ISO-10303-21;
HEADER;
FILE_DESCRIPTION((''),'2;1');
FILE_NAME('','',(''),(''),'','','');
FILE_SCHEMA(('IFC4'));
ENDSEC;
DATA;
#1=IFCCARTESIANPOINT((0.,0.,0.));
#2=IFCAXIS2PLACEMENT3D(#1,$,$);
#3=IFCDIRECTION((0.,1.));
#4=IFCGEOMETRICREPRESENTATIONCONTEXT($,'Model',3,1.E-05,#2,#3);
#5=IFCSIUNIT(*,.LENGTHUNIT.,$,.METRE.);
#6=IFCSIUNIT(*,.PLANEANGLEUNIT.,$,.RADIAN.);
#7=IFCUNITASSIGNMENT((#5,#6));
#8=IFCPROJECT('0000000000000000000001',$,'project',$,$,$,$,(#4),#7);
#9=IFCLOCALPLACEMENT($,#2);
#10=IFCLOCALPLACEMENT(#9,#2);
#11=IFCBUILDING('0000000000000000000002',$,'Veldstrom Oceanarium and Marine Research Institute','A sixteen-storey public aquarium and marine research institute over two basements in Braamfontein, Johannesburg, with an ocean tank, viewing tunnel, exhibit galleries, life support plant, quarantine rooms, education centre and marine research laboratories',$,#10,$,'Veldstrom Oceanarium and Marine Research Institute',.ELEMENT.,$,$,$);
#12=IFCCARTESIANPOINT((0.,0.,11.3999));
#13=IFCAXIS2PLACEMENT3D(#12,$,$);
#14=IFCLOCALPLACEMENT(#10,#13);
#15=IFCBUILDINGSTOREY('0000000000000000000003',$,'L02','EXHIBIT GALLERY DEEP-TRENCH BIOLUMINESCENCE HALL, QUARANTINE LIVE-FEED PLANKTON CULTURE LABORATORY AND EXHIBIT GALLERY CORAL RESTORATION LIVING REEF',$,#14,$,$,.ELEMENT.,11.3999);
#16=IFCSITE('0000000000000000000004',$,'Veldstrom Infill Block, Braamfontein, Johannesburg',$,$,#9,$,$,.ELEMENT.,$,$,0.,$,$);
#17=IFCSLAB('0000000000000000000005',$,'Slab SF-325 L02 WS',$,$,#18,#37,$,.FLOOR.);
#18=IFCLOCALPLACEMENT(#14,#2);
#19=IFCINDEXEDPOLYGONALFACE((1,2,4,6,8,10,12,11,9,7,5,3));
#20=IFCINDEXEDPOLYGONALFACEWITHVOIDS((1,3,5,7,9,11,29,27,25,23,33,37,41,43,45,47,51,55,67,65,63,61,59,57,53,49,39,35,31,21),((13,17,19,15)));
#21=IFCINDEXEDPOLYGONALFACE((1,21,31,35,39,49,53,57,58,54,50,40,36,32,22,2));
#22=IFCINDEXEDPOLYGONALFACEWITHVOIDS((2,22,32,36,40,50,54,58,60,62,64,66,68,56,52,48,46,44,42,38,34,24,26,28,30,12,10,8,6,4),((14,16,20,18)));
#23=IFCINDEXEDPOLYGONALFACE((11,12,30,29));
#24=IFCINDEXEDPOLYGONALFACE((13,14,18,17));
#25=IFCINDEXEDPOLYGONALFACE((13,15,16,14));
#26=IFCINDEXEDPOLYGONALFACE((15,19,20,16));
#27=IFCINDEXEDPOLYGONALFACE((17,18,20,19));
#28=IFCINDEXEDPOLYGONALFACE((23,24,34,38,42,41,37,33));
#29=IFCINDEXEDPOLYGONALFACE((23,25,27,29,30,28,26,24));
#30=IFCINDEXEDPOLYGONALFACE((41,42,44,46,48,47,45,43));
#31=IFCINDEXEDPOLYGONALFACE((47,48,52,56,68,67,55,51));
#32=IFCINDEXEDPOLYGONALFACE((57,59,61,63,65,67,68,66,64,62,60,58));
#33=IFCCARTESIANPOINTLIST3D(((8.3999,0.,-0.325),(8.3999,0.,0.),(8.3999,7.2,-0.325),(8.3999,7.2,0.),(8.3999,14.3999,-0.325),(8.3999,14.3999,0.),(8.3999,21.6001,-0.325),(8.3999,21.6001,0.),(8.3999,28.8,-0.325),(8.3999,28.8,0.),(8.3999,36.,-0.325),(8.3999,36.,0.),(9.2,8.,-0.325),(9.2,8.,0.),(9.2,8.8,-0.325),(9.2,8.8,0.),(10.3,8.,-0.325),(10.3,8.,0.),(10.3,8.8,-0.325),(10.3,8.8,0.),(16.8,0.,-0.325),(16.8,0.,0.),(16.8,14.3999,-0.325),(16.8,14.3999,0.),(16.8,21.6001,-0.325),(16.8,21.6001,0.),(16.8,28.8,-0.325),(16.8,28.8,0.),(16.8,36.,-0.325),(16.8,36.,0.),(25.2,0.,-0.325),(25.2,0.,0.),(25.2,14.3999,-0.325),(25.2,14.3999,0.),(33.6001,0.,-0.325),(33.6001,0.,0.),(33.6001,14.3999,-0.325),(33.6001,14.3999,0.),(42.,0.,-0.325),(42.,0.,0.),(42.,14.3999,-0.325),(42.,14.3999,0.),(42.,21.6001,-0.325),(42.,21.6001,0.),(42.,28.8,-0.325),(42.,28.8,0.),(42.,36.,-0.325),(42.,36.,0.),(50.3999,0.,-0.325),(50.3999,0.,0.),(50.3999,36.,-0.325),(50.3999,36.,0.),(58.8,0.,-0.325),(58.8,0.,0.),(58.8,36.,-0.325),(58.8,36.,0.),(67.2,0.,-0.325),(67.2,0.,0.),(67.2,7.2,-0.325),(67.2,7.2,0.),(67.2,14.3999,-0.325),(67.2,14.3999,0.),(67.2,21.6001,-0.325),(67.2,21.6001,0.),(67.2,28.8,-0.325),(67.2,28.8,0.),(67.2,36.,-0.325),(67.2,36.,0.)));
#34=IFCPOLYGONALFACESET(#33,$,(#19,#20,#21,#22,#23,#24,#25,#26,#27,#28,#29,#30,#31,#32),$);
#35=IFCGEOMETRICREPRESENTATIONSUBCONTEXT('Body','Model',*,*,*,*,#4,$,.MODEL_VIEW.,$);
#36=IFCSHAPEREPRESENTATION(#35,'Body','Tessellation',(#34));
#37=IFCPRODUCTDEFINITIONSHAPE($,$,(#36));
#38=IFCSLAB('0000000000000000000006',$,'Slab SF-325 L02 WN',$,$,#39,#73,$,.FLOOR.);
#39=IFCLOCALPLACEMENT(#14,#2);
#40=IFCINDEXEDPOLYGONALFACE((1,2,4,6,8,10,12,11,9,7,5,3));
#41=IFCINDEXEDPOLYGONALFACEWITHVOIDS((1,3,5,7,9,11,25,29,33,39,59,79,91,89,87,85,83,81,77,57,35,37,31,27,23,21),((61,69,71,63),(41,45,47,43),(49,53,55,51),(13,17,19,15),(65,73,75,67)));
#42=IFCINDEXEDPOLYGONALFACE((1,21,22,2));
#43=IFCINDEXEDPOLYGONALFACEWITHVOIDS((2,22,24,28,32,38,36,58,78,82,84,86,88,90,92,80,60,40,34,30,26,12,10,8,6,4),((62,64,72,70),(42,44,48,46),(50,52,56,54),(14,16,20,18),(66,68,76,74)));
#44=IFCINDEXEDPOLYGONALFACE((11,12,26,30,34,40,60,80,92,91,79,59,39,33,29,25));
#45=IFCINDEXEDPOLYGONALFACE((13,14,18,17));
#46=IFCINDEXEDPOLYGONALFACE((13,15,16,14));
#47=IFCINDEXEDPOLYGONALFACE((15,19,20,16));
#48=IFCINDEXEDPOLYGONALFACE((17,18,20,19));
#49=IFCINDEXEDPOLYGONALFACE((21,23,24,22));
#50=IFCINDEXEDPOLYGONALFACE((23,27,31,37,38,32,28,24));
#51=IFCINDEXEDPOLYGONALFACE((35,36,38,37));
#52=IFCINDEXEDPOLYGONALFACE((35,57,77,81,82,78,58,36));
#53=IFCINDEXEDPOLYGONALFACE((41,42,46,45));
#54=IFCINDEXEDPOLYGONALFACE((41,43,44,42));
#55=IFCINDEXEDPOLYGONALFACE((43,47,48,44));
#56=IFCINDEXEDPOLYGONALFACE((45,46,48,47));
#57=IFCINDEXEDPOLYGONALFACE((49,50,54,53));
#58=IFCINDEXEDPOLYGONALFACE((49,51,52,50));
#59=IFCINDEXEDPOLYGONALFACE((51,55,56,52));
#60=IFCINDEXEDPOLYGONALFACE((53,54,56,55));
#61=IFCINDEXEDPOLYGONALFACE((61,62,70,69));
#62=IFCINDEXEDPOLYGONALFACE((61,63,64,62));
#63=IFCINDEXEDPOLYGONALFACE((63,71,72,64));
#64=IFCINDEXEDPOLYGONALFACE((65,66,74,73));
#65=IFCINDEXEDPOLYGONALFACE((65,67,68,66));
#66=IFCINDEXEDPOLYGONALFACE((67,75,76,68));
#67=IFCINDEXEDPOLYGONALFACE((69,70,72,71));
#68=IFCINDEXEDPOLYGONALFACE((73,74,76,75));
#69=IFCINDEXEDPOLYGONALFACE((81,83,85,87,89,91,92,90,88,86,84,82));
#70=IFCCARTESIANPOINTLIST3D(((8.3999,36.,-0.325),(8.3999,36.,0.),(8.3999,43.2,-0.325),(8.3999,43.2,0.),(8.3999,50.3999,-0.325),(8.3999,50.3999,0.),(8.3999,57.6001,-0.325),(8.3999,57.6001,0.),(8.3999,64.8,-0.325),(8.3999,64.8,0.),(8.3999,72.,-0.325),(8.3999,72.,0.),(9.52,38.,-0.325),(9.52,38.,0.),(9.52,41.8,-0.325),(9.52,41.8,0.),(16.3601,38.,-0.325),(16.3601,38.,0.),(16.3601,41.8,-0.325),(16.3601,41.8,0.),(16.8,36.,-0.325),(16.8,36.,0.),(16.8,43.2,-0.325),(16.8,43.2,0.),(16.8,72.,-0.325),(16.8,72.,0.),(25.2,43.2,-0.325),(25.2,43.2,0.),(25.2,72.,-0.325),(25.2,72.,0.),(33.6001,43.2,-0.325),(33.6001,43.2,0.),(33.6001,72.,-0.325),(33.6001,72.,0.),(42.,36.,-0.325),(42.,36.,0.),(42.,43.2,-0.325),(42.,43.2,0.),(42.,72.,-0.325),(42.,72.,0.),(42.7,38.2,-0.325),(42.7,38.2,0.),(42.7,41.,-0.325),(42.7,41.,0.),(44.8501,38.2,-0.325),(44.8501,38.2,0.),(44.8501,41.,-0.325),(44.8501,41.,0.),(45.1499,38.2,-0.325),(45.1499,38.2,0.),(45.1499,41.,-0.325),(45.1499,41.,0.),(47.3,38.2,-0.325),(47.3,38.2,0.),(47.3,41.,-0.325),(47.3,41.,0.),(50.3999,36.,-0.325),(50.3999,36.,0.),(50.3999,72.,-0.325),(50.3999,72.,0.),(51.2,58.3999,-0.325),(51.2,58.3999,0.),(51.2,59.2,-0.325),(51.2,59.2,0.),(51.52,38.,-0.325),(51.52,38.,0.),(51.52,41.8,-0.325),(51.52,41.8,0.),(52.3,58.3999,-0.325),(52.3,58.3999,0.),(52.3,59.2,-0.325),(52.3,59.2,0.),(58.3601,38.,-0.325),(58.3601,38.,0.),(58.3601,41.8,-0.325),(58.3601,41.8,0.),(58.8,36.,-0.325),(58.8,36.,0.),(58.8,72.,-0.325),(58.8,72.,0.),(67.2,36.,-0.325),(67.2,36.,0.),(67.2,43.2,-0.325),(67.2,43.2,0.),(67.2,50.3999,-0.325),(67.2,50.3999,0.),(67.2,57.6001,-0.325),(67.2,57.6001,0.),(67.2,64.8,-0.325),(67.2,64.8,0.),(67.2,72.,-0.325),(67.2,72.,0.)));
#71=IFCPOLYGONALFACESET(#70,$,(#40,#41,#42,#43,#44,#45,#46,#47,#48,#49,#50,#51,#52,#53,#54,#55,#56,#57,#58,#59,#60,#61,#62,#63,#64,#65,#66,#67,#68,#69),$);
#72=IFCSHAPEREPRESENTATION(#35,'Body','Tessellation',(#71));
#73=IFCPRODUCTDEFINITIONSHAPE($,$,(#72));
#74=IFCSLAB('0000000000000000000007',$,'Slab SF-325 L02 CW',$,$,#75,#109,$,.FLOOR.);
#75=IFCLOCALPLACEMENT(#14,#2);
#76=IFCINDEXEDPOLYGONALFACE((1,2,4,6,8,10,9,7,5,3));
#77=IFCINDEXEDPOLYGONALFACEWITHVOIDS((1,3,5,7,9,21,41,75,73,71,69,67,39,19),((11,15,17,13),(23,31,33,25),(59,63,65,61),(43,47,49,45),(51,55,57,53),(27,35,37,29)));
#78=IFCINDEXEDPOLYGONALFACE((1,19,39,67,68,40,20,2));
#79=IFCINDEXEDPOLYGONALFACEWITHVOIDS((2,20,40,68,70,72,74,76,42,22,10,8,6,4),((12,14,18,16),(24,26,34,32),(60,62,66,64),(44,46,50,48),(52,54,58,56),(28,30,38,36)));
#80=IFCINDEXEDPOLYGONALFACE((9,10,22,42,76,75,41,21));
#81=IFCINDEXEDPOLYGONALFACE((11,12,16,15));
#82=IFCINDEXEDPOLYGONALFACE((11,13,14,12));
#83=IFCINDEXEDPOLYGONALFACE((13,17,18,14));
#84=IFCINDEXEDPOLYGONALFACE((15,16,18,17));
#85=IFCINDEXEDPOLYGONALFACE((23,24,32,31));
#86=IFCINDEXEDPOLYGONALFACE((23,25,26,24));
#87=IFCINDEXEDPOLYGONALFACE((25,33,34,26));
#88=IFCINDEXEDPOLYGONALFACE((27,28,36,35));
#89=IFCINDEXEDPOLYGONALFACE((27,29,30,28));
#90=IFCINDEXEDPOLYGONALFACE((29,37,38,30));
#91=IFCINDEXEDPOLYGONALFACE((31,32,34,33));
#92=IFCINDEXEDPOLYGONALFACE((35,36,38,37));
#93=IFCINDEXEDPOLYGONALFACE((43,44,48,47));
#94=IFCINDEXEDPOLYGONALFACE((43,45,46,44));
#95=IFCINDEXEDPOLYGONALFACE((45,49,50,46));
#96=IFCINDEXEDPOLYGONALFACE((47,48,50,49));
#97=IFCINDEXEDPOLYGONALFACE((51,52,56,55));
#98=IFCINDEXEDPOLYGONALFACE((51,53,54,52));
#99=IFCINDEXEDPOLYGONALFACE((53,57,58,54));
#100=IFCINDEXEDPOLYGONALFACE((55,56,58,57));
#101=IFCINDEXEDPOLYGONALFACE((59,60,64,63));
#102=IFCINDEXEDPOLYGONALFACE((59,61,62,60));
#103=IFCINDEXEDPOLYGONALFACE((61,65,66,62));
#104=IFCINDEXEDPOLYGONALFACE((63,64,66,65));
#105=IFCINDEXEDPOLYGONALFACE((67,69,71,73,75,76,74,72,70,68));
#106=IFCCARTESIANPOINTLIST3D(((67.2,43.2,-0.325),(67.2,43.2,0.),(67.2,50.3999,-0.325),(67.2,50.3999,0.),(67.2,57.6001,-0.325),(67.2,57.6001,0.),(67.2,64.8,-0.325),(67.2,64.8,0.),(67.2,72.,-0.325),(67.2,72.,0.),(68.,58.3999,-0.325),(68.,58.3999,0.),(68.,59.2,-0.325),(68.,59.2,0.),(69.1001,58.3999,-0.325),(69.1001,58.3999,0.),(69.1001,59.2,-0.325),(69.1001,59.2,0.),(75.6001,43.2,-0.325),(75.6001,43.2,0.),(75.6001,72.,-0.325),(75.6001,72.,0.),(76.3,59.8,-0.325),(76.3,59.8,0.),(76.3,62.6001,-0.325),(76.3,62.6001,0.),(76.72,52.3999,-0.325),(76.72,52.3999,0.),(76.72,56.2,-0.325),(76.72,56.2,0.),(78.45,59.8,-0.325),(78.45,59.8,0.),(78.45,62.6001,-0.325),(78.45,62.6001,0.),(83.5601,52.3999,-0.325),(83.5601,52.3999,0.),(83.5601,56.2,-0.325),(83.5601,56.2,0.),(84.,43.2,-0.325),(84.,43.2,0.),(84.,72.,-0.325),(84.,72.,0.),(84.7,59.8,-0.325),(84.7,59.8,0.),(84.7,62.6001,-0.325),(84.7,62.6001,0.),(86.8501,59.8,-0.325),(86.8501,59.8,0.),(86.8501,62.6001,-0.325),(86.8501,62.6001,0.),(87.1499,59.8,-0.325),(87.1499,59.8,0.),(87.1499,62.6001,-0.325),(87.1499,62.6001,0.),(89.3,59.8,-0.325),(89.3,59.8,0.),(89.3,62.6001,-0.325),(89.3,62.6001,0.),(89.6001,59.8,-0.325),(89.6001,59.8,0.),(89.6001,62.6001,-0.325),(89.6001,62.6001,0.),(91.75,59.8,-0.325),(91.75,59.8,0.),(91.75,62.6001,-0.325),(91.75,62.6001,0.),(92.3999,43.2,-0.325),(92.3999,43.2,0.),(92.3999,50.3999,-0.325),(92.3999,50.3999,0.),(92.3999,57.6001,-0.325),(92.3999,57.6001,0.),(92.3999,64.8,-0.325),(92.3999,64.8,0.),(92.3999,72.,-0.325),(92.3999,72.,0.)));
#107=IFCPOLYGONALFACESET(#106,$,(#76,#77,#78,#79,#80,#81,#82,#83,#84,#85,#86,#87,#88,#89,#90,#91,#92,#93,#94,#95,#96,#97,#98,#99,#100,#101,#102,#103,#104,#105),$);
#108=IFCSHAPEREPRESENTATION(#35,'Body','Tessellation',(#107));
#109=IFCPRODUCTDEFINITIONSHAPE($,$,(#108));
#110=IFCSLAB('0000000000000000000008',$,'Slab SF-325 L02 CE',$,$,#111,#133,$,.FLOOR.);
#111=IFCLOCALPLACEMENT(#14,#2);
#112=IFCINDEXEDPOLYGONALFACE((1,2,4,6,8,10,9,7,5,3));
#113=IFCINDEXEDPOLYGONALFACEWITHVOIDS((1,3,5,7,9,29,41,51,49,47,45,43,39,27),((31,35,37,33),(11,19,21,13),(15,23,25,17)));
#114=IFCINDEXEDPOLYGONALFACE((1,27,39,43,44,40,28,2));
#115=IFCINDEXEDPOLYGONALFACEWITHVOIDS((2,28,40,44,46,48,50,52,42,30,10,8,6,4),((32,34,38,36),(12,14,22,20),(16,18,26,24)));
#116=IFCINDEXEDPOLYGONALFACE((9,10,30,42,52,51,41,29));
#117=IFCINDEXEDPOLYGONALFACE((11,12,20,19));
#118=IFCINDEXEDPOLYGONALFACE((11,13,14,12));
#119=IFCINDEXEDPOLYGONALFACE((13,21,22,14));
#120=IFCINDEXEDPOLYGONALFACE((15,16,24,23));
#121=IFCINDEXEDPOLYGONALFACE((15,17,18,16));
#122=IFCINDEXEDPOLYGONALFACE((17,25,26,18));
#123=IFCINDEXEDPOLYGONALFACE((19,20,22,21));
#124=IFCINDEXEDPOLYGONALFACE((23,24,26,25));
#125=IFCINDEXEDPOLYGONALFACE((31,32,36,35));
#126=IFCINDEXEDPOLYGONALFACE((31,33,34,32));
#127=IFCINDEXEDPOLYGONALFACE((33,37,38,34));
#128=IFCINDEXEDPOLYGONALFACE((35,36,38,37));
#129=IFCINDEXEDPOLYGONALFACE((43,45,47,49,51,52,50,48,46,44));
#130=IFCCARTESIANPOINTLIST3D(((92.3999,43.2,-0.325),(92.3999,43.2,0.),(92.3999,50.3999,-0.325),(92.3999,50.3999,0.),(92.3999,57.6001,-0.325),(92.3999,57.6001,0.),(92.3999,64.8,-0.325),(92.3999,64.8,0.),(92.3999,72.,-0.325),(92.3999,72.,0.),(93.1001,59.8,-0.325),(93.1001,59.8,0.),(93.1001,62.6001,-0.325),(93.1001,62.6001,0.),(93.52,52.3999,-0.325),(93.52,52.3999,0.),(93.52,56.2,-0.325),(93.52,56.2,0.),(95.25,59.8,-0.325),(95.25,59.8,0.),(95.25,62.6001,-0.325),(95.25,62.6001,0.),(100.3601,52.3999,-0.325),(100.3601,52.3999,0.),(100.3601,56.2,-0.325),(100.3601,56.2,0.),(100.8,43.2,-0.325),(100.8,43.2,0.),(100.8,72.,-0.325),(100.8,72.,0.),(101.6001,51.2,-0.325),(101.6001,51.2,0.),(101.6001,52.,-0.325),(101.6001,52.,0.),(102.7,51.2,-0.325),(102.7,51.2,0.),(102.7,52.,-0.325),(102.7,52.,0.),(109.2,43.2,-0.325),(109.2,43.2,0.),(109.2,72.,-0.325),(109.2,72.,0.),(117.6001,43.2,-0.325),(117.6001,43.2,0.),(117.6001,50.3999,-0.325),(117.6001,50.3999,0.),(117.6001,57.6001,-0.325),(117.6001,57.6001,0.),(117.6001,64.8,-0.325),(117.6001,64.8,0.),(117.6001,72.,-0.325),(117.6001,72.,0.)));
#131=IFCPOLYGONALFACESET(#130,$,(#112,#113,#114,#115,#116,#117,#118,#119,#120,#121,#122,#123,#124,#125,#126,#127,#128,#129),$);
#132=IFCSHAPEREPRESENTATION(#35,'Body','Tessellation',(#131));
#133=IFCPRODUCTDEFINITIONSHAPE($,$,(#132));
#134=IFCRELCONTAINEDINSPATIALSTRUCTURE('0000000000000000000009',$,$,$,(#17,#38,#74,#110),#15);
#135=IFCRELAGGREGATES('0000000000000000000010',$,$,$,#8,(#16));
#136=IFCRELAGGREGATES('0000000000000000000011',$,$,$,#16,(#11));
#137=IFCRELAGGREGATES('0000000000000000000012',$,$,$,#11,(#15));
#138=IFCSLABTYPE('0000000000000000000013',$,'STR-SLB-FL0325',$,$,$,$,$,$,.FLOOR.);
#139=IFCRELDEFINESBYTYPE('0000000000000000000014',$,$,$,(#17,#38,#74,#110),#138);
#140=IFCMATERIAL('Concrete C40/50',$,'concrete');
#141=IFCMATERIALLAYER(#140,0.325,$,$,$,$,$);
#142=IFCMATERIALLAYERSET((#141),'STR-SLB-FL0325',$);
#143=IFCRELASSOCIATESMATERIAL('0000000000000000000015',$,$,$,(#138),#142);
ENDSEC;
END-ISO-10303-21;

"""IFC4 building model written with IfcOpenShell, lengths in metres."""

from ifc_helpers import new_model, si_unit, direction, frame, origin, place, context, subcontext, project, spatial, polyline, outline, extrude, material, layer, layer_set, type_object, element, save


model = new_model("IFC4")

# Units and contexts
model_context = context("Model", 3, precision=1e-05, world=origin(), true_north=direction((0.0, 1.0)))
body_context = subcontext(model_context, "Body", "Model", "MODEL_VIEW")
ifc_project = project(units=[si_unit("LENGTHUNIT", "METRE"), si_unit("PLANEANGLEUNIT", "RADIAN")], contexts=[model_context])

# Site, building, storey
site_placement = place(None, origin())
site = spatial("IfcSite", under=ifc_project, at=site_placement, Name="Veldstrom Infill Block, Braamfontein, Johannesburg", CompositionType="ELEMENT", RefElevation=0.0)
building_placement = place(site_placement, origin())
building = spatial("IfcBuilding", under=site, at=building_placement, Name="Veldstrom Oceanarium and Marine Research Institute", Description="A sixteen-storey public aquarium and marine research institute over two basements in Braamfontein, Johannesburg, with an ocean tank, viewing tunnel, exhibit galleries, life support plant, quarantine rooms, education centre and marine research laboratories", LongName="Veldstrom Oceanarium and Marine Research Institute", CompositionType="ELEMENT")
storey_placement = place(building_placement, frame((0.0, 0.0, 11.3999)))
storey = spatial("IfcBuildingStorey", under=building, at=storey_placement, Name="L02", Description="EXHIBIT GALLERY DEEP-TRENCH BIOLUMINESCENCE HALL, QUARANTINE LIVE-FEED PLANKTON CULTURE LABORATORY AND EXHIBIT GALLERY CORAL RESTORATION LIVING REEF", CompositionType="ELEMENT", Elevation=11.3999)

# Slabs
ifc_material_1 = material(Name="Concrete C40/50", Category="concrete")
ifc_layer_1 = layer(ifc_material_1, 0.325)
ifc_layer_set_1 = layer_set([ifc_layer_1], Name="STR-SLB-FL0325")
slab_type_1 = type_object("IfcSlabType", Name="STR-SLB-FL0325", PredefinedType="FLOOR", material=ifc_layer_set_1)
slab_1_placement = place(storey_placement, frame((0.0, 0.0, -0.325)))
element("IfcSlab", 1, at=slab_1_placement, inside=storey, type_object=slab_type_1, Name="Slab SF-325 L02 WS", PredefinedType="FLOOR", context=body_context, shape_type="SweptSolid", body=[
    extrude(outline(polyline([(67.2, 36.0), (67.2, 28.8), (67.2, 21.6001), (67.2, 14.3999), (67.2, 7.2), (67.2, 0.0), (58.8, 0.0), (50.3999, 0.0), (42.0, 0.0), (33.6001, 0.0), (25.2, 0.0), (16.8, 0.0), (8.3999, 0.0), (8.3999, 7.2), (8.3999, 14.3999), (8.3999, 21.6001), (8.3999, 28.8), (8.3999, 36.0), (16.8, 36.0), (16.8, 28.8), (16.8, 21.6001), (16.8, 14.3999), (25.2, 14.3999), (33.6001, 14.3999), (42.0, 14.3999), (42.0, 21.6001), (42.0, 28.8), (42.0, 36.0), (50.3999, 36.0), (58.8, 36.0), (67.2, 36.0)]), holes=[polyline([(10.3, 8.8), (9.2, 8.8), (9.2, 8.0), (10.3, 8.0), (10.3, 8.8)])]), origin(), (0.0, 0.0, 1.0), 0.325),
])
slab_2_placement = place(storey_placement, frame((0.0, 0.0, -0.325)))
element("IfcSlab", 2, at=slab_2_placement, inside=storey, type_object=slab_type_1, Name="Slab SF-325 L02 WN", PredefinedType="FLOOR", context=body_context, shape_type="SweptSolid", body=[
    extrude(outline(polyline([(58.8, 36.0), (50.3999, 36.0), (42.0, 36.0), (42.0, 43.2), (33.6001, 43.2), (25.2, 43.2), (16.8, 43.2), (16.8, 36.0), (8.3999, 36.0), (8.3999, 43.2), (8.3999, 50.3999), (8.3999, 57.6001), (8.3999, 64.8), (8.3999, 72.0), (16.8, 72.0), (25.2, 72.0), (33.6001, 72.0), (42.0, 72.0), (50.3999, 72.0), (58.8, 72.0), (67.2, 72.0), (67.2, 64.8), (67.2, 57.6001), (67.2, 50.3999), (67.2, 43.2), (67.2, 36.0), (58.8, 36.0)]), holes=[polyline([(16.3601, 41.8), (9.52, 41.8), (9.52, 38.0), (16.3601, 38.0), (16.3601, 41.8)]), polyline([(51.52, 38.0), (58.3601, 38.0), (58.3601, 41.8), (51.52, 41.8), (51.52, 38.0)]), polyline([(44.8501, 38.2), (44.8501, 41.0), (42.7, 41.0), (42.7, 38.2), (44.8501, 38.2)]), polyline([(45.1499, 38.2), (47.3, 38.2), (47.3, 41.0), (45.1499, 41.0), (45.1499, 38.2)]), polyline([(52.3, 59.2), (51.2, 59.2), (51.2, 58.3999), (52.3, 58.3999), (52.3, 59.2)])]), origin(), (0.0, 0.0, 1.0), 0.325),
])
slab_3_placement = place(storey_placement, frame((0.0, 0.0, -0.325)))
element("IfcSlab", 3, at=slab_3_placement, inside=storey, type_object=slab_type_1, Name="Slab SF-325 L02 CW", PredefinedType="FLOOR", context=body_context, shape_type="SweptSolid", body=[
    extrude(outline(polyline([(67.2, 64.8), (67.2, 72.0), (75.6001, 72.0), (84.0, 72.0), (92.3999, 72.0), (92.3999, 64.8), (92.3999, 57.6001), (92.3999, 50.3999), (92.3999, 43.2), (84.0, 43.2), (75.6001, 43.2), (67.2, 43.2), (67.2, 50.3999), (67.2, 57.6001), (67.2, 64.8)]), holes=[polyline([(76.72, 52.3999), (83.5601, 52.3999), (83.5601, 56.2), (76.72, 56.2), (76.72, 52.3999)]), polyline([(78.45, 62.6001), (76.3, 62.6001), (76.3, 59.8), (78.45, 59.8), (78.45, 62.6001)]), polyline([(84.7, 59.8), (86.8501, 59.8), (86.8501, 62.6001), (84.7, 62.6001), (84.7, 59.8)]), polyline([(87.1499, 62.6001), (87.1499, 59.8), (89.3, 59.8), (89.3, 62.6001), (87.1499, 62.6001)]), polyline([(91.75, 62.6001), (89.6001, 62.6001), (89.6001, 59.8), (91.75, 59.8), (91.75, 62.6001)]), polyline([(69.1001, 59.2), (68.0, 59.2), (68.0, 58.3999), (69.1001, 58.3999), (69.1001, 59.2)])]), origin(), (0.0, 0.0, 1.0), 0.325),
])
slab_4_placement = place(storey_placement, frame((0.0, 0.0, -0.325)))
element("IfcSlab", 4, at=slab_4_placement, inside=storey, type_object=slab_type_1, Name="Slab SF-325 L02 CE", PredefinedType="FLOOR", context=body_context, shape_type="SweptSolid", body=[
    extrude(outline(polyline([(92.3999, 57.6001), (92.3999, 64.8), (92.3999, 72.0), (100.8, 72.0), (109.2, 72.0), (117.6001, 72.0), (117.6001, 64.8), (117.6001, 57.6001), (117.6001, 50.3999), (117.6001, 43.2), (109.2, 43.2), (100.8, 43.2), (92.3999, 43.2), (92.3999, 50.3999), (92.3999, 57.6001)]), holes=[polyline([(93.52, 56.2), (93.52, 52.3999), (100.3601, 52.3999), (100.3601, 56.2), (93.52, 56.2)]), polyline([(95.25, 59.8), (95.25, 62.6001), (93.1001, 62.6001), (93.1001, 59.8), (95.25, 59.8)]), polyline([(102.7, 52.0), (101.6001, 52.0), (101.6001, 51.2), (102.7, 51.2), (102.7, 52.0)])]), origin(), (0.0, 0.0, 1.0), 0.325),
])

save(model, "model.ifc")
